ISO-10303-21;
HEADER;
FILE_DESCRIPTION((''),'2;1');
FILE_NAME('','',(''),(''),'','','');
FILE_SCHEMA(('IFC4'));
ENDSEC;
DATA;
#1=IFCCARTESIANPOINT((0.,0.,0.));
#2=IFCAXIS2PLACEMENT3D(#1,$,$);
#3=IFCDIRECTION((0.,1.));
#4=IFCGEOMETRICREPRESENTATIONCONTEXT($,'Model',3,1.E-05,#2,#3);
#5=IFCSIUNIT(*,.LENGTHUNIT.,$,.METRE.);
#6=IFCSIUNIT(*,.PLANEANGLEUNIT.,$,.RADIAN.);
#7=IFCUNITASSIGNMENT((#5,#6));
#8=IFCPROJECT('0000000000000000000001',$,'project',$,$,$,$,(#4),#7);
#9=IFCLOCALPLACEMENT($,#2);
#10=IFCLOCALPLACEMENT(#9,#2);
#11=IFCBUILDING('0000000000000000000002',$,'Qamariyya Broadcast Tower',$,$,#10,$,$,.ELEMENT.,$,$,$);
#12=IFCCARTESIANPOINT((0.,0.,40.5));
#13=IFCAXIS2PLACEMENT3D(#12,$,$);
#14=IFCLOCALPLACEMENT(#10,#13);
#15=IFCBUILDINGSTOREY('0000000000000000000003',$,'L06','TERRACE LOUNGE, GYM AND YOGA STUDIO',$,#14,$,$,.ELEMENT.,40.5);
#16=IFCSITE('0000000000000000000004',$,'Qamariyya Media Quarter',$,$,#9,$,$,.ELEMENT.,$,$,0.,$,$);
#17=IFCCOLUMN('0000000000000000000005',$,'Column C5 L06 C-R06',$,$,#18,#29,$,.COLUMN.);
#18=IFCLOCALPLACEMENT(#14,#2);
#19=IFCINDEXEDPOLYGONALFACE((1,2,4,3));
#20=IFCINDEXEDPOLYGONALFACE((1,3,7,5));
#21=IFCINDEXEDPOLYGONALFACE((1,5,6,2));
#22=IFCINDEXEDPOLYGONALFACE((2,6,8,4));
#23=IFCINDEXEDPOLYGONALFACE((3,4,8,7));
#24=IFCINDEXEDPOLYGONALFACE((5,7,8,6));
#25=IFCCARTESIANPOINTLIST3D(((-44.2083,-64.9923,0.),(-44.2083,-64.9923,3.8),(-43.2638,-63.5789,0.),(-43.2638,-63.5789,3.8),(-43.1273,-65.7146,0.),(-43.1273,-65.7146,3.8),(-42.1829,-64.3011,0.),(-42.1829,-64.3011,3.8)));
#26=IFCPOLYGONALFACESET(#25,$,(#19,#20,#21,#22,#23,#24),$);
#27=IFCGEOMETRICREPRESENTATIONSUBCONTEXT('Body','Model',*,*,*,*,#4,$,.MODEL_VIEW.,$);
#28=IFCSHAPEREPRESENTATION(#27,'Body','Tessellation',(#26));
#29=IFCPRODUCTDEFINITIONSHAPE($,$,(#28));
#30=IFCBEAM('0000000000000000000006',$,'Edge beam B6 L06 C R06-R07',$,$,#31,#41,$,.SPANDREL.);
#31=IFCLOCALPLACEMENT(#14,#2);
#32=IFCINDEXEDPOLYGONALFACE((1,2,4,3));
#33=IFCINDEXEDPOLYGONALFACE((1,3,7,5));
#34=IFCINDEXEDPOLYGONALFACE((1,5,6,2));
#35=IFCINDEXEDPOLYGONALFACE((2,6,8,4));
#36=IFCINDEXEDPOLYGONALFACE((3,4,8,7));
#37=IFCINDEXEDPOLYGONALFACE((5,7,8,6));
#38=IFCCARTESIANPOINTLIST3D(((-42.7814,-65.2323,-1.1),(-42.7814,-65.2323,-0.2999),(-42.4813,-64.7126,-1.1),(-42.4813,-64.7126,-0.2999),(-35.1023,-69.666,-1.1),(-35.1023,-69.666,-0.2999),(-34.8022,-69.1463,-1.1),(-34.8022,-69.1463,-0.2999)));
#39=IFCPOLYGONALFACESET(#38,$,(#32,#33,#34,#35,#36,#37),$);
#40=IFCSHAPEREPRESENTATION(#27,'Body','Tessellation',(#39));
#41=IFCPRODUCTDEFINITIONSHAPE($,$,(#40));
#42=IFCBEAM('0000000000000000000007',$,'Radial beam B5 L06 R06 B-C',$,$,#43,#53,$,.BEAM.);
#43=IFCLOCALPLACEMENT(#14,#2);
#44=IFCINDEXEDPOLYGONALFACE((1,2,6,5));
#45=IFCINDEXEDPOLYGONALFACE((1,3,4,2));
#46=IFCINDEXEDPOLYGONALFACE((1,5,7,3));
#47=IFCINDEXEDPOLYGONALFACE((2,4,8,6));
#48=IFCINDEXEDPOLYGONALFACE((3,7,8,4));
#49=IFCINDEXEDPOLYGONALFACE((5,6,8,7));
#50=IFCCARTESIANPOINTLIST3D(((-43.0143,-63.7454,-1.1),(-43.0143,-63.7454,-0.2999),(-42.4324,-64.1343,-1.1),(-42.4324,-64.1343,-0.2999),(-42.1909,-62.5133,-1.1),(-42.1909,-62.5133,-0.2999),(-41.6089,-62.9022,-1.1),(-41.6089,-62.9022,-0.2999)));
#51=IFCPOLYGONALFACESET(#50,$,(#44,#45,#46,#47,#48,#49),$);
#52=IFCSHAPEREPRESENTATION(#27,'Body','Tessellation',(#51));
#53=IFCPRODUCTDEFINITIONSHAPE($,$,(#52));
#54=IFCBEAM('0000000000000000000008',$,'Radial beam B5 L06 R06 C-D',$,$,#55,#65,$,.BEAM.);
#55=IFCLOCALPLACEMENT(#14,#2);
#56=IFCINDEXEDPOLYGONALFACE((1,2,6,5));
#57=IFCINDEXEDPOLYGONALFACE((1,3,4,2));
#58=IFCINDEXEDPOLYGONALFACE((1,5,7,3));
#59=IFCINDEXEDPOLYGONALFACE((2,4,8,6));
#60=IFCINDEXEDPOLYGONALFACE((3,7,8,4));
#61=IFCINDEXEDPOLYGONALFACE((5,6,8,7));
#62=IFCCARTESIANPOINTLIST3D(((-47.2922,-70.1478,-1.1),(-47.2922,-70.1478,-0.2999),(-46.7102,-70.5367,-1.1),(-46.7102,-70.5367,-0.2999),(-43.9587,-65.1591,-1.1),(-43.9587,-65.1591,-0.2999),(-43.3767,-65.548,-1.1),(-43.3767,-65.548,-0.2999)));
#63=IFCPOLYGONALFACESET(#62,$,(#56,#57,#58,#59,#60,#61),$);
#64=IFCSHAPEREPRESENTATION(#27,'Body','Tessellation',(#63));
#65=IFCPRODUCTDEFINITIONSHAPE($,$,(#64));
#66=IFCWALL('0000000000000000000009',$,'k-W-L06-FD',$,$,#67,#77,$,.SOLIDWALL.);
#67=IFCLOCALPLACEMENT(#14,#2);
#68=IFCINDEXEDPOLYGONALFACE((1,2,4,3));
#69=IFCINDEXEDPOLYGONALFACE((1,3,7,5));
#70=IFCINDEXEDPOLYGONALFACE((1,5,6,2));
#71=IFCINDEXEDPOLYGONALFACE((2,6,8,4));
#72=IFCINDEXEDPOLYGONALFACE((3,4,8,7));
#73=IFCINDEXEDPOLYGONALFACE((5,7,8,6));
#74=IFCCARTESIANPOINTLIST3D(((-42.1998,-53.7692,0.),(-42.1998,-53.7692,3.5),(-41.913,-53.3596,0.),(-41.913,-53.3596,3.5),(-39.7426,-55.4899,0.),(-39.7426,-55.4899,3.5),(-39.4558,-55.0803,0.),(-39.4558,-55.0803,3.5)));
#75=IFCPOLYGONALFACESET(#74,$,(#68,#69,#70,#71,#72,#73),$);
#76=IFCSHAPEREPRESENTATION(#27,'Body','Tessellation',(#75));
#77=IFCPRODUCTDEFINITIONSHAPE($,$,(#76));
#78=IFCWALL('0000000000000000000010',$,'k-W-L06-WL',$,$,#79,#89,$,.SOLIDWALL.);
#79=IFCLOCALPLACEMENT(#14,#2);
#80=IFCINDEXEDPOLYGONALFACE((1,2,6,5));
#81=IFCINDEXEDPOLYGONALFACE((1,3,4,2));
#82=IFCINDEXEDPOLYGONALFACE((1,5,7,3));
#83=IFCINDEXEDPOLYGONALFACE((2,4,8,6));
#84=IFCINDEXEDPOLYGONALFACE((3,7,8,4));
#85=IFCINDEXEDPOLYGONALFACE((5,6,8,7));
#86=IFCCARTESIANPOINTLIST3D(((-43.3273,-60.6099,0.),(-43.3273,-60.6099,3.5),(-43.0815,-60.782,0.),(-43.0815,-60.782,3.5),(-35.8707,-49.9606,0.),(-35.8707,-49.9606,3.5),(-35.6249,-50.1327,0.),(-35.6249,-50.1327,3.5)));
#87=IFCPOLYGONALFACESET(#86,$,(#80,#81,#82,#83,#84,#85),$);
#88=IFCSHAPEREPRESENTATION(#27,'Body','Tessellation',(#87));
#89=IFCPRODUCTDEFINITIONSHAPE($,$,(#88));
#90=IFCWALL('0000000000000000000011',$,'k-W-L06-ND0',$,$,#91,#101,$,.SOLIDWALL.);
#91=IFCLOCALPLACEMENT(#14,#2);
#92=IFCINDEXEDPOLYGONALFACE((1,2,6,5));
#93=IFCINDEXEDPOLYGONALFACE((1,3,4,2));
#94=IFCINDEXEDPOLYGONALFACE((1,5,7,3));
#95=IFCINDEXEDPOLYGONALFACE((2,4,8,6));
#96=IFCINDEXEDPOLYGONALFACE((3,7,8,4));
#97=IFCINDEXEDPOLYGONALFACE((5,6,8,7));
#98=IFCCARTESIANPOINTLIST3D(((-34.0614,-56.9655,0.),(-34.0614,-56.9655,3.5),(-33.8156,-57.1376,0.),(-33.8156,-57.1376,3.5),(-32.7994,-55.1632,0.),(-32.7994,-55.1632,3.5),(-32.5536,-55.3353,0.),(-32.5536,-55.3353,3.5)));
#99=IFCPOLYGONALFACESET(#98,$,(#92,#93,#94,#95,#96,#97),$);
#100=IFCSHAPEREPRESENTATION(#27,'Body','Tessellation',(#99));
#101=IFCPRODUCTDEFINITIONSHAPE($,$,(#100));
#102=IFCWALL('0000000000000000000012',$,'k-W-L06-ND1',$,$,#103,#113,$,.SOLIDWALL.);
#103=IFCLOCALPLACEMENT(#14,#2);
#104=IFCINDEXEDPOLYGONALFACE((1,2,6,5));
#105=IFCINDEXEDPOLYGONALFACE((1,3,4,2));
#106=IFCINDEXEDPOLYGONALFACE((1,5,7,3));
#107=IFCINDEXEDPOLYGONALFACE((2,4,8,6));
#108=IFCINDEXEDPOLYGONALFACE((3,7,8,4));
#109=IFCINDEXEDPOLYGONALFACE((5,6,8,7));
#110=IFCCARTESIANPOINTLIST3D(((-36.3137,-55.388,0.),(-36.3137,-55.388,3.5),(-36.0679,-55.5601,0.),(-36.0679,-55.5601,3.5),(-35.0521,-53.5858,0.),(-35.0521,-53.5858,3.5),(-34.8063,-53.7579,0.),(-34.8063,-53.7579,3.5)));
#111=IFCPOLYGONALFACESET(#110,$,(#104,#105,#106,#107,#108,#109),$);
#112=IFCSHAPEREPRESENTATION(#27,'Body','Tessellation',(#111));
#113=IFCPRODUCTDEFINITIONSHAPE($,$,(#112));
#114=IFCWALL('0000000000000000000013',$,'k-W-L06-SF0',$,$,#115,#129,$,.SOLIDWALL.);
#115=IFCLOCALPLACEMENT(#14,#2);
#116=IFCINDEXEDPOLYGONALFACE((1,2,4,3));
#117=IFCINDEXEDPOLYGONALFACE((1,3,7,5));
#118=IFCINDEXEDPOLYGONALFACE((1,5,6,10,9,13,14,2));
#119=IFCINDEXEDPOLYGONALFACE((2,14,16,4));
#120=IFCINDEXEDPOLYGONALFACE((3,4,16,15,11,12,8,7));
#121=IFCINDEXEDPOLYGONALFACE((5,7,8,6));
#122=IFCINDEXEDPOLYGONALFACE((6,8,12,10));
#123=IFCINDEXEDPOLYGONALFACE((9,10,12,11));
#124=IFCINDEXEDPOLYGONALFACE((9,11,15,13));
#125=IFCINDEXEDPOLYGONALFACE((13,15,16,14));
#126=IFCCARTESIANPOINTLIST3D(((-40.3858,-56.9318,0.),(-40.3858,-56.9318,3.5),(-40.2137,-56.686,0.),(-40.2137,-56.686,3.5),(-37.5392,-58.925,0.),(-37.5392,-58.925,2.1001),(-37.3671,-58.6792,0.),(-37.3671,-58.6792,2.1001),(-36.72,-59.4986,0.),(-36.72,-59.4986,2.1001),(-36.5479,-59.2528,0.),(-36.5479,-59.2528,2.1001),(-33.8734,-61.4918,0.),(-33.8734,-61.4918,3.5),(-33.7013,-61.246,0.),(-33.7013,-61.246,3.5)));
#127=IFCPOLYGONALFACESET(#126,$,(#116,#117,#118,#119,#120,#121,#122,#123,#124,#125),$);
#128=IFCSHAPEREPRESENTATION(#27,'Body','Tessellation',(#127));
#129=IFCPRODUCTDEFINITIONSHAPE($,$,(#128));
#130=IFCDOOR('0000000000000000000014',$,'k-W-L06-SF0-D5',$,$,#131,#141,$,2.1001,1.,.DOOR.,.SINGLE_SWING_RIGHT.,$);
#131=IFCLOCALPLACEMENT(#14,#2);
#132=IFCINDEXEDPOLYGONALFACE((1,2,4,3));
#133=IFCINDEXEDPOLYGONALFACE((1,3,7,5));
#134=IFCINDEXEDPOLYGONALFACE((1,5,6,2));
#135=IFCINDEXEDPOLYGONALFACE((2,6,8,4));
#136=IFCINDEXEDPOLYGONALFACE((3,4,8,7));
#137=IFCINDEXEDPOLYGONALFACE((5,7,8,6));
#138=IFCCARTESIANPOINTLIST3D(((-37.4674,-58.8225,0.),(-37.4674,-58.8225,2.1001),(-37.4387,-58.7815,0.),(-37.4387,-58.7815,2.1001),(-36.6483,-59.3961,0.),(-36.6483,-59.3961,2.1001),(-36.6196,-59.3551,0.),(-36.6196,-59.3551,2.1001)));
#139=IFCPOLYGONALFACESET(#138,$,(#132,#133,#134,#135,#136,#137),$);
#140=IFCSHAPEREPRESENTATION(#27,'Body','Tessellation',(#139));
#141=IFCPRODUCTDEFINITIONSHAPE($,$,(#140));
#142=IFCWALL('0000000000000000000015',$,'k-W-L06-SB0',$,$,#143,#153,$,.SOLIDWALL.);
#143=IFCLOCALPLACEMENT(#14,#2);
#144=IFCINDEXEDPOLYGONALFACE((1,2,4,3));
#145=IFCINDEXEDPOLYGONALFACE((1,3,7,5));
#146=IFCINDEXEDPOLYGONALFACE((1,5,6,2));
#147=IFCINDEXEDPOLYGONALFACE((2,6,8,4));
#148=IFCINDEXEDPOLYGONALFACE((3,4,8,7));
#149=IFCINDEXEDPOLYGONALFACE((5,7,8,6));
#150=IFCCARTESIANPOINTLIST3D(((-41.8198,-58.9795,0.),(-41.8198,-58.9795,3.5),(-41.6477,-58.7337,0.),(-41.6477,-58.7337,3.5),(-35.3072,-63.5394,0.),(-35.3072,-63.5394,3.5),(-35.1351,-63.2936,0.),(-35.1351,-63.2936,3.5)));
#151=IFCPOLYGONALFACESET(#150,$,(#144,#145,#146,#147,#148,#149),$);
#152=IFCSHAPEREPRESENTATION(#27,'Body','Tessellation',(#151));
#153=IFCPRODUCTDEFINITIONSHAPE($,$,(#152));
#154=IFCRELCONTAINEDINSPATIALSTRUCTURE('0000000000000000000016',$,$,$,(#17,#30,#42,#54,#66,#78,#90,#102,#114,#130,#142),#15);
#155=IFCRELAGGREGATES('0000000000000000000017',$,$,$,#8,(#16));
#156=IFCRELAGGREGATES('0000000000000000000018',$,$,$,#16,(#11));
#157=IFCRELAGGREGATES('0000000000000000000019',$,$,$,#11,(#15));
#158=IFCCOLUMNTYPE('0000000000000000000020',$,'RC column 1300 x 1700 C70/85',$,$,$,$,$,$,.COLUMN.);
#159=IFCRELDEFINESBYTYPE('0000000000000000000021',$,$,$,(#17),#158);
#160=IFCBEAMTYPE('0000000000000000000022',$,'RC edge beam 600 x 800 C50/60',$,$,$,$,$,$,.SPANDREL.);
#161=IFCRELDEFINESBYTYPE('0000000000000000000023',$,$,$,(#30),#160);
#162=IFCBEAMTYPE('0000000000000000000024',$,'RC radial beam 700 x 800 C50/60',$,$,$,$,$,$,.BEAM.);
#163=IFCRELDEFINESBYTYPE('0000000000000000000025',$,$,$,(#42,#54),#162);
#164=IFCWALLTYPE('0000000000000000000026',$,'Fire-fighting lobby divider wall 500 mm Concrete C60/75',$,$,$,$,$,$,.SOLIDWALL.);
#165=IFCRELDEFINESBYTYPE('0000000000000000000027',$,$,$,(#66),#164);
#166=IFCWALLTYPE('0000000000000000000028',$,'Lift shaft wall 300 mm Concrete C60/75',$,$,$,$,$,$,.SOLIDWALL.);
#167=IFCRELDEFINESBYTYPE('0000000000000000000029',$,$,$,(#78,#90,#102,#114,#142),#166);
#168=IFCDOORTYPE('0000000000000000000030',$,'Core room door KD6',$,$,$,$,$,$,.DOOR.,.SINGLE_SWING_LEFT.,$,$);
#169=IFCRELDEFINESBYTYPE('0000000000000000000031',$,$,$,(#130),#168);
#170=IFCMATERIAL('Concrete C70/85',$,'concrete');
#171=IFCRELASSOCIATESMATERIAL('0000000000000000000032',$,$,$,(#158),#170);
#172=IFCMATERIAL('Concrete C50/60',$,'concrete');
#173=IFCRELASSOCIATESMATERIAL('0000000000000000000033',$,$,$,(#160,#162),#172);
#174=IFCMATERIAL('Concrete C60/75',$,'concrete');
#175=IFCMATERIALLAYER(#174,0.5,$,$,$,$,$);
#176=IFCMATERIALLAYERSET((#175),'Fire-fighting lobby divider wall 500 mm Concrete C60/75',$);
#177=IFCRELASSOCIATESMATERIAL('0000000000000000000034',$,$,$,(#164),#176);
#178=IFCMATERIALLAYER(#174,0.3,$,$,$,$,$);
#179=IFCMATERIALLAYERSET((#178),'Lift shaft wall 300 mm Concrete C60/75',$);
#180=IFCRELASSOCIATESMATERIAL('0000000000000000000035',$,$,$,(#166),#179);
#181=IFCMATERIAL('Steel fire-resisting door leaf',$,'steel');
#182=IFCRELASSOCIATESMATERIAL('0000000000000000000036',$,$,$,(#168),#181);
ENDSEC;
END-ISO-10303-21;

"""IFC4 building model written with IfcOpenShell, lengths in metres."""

from ifc_helpers import new_model, si_unit, direction, frame, frame_2d, origin, origin_2d, place, context, subcontext, project, spatial, rectangle, extrude, material, layer, layer_set, material_profile, profile_set, type_object, element, fill, save


model = new_model("IFC4")

# Units and contexts
model_context = context("Model", 3, precision=1e-05, world=origin(), true_north=direction((0.0, 1.0)))
body_context = subcontext(model_context, "Body", "Model", "MODEL_VIEW")
ifc_project = project(units=[si_unit("LENGTHUNIT", "METRE"), si_unit("PLANEANGLEUNIT", "RADIAN")], contexts=[model_context])

# Site, building, storey
site_placement = place(None, origin())
site = spatial("IfcSite", under=ifc_project, at=site_placement, Name="Qamariyya Media Quarter", CompositionType="ELEMENT", RefElevation=0.0)
building_placement = place(site_placement, origin())
building = spatial("IfcBuilding", under=site, at=building_placement, Name="Qamariyya Broadcast Tower", CompositionType="ELEMENT")
storey_placement = place(building_placement, frame((0.0, 0.0, 40.5)))
storey = spatial("IfcBuildingStorey", under=building, at=storey_placement, Name="L06", Description="TERRACE LOUNGE, GYM AND YOGA STUDIO", CompositionType="ELEMENT", Elevation=40.5)

# Column
ifc_material_1 = material(Name="Concrete C70/85", Category="concrete")
ifc_material_profile_1 = material_profile(ifc_material_1, rectangle(XDim=1.3, YDim=1.7, at=origin_2d()))
ifc_profile_set_1 = profile_set([ifc_material_profile_1], Name="Concrete C70/85")
column_type = type_object("IfcColumnType", Name="RC column 1300 x 1700 C70/85", PredefinedType="COLUMN", material=ifc_profile_set_1)
column_placement = place(storey_placement, frame((-43.1956, -64.6467, 0.0), z_axis=(0.0, 0.0, 1.0), x_axis=(0.83147, -0.55557, 0.0)))
element("IfcColumn", 1, at=column_placement, inside=storey, type_object=column_type, Name="Column C5 L06 C-R06", PredefinedType="COLUMN", context=body_context, shape_type="SweptSolid", body=[
    extrude(rectangle(XDim=1.3, YDim=1.7, at=origin_2d()), origin(), (0.0, 0.0, 1.0), 3.8),
])

# Beams
ifc_material_2 = material(Name="Concrete C50/60", Category="concrete")
ifc_material_profile_2 = material_profile(ifc_material_2, rectangle(XDim=0.6001, YDim=0.8, at=origin_2d()))
ifc_profile_set_2 = profile_set([ifc_material_profile_2], Name="Concrete C50/60")
beam_type_1 = type_object("IfcBeamType", Name="RC edge beam 600 x 800 C50/60", PredefinedType="SPANDREL", material=ifc_profile_set_2)
beam_1_placement = place(storey_placement, frame((-42.6313, -64.9724, -0.7), z_axis=(0.866013, -0.500021, 0.0), x_axis=(0.500021, 0.866013, 0.0)))
element("IfcBeam", 2, at=beam_1_placement, inside=storey, type_object=beam_type_1, Name="Edge beam B6 L06 C R06-R07", PredefinedType="SPANDREL", context=body_context, shape_type="SweptSolid", body=[
    extrude(rectangle(XDim=0.6001, YDim=0.8, at=origin_2d()), origin(), (0.0, 0.0, 1.0), 8.8672),
])
ifc_material_profile_3 = material_profile(ifc_material_2, rectangle(XDim=0.7, YDim=0.8, at=origin_2d()))
ifc_profile_set_3 = profile_set([ifc_material_profile_3], Name="Concrete C50/60")
beam_type_2 = type_object("IfcBeamType", Name="RC radial beam 700 x 800 C50/60", PredefinedType="BEAM", material=ifc_profile_set_3)
beam_2_placement = place(storey_placement, frame((-41.8999, -62.7078, -0.7), z_axis=(-0.55565, -0.831416, 0.0), x_axis=(0.831416, -0.55565, 0.0)))
element("IfcBeam", 3, at=beam_2_placement, inside=storey, type_object=beam_type_2, Name="Radial beam B5 L06 R06 B-C", PredefinedType="BEAM", context=body_context, shape_type="SweptSolid", body=[
    extrude(rectangle(XDim=0.7, YDim=0.8, at=origin_2d()), origin(), (0.0, 0.0, 1.0), 1.4819),
])
beam_3_placement = place(storey_placement, frame((-43.6677, -65.3535, -0.7), z_axis=(-0.555583, -0.831461, 0.0), x_axis=(0.831461, -0.555583, 0.0)))
element("IfcBeam", 4, at=beam_3_placement, inside=storey, type_object=beam_type_2, Name="Radial beam B5 L06 R06 C-D", PredefinedType="BEAM", context=body_context, shape_type="SweptSolid", body=[
    extrude(rectangle(XDim=0.7, YDim=0.8, at=origin_2d()), origin(), (0.0, 0.0, 1.0), 6.0),
])

# Walls
ifc_material_3 = material(Name="Concrete C60/75", Category="concrete")
ifc_layer_1 = layer(ifc_material_3, 0.5)
ifc_layer_set_1 = layer_set([ifc_layer_1], Name="Fire-fighting lobby divider wall 500 mm Concrete C60/75")
wall_type_1 = type_object("IfcWallType", Name="Fire-fighting lobby divider wall 500 mm Concrete C60/75", PredefinedType="SOLIDWALL", material=ifc_layer_set_1)
wall_1_placement = place(storey_placement, frame((-39.5991, -55.2852, 0.0), z_axis=(0.0, 0.0, 1.0), x_axis=(-0.819136, 0.573599, 0.0)))
element("IfcWall", 5, at=wall_1_placement, inside=storey, type_object=wall_type_1, Name="k-W-L06-FD", PredefinedType="SOLIDWALL", context=body_context, shape_type="SweptSolid", body=[
    extrude(rectangle(XDim=2.9998, YDim=0.5, at=frame_2d((1.5, 0.0))), origin(), (0.0, 0.0, 1.0), 3.5),
])
ifc_layer_2 = layer(ifc_material_3, 0.3)
ifc_layer_set_2 = layer_set([ifc_layer_2], Name="Lift shaft wall 300 mm Concrete C60/75")
wall_type_2 = type_object("IfcWallType", Name="Lift shaft wall 300 mm Concrete C60/75", PredefinedType="SOLIDWALL", material=ifc_layer_set_2)
wall_2_placement = place(storey_placement, frame((-43.2043, -60.6958, 0.0), z_axis=(0.0, 0.0, 1.0), x_axis=(0.573572, 0.819155, 0.0)))
element("IfcWall", 6, at=wall_2_placement, inside=storey, type_object=wall_type_2, Name="k-W-L06-WL", PredefinedType="SOLIDWALL", context=body_context, shape_type="SweptSolid", body=[
    extrude(rectangle(XDim=13.0002, YDim=0.3, at=frame_2d((6.5, 0.0))), origin(), (0.0, 0.0, 1.0), 3.5),
])
wall_3_placement = place(storey_placement, frame((-33.9385, -57.0515, 0.0), z_axis=(0.0, 0.0, 1.0), x_axis=(0.573581, 0.819149, 0.0)))
element("IfcWall", 7, at=wall_3_placement, inside=storey, type_object=wall_type_2, Name="k-W-L06-ND0", PredefinedType="SOLIDWALL", context=body_context, shape_type="SweptSolid", body=[
    extrude(rectangle(XDim=2.2002, YDim=0.3, at=frame_2d((1.1001, 0.0))), origin(), (0.0, 0.0, 1.0), 3.5),
])
wall_4_placement = place(storey_placement, frame((-36.1909, -55.4741, 0.0), z_axis=(0.0, 0.0, 1.0), x_axis=(0.573507, 0.819201, 0.0)))
element("IfcWall", 8, at=wall_4_placement, inside=storey, type_object=wall_type_2, Name="k-W-L06-ND1", PredefinedType="SOLIDWALL", context=body_context, shape_type="SweptSolid", body=[
    extrude(rectangle(XDim=2.2, YDim=0.3, at=frame_2d((1.1001, 0.0))), origin(), (0.0, 0.0, 1.0), 3.5),
])

# Wall, opening, door
wall_5_placement = place(storey_placement, frame((-33.7874, -61.3689, 0.0), z_axis=(0.0, 0.0, 1.0), x_axis=(-0.819153, 0.573576, 0.0)))
wall_5 = element("IfcWall", 9, at=wall_5_placement, inside=storey, type_object=wall_type_2, Name="k-W-L06-SF0", PredefinedType="SOLIDWALL", context=body_context, shape_type="SweptSolid", body=[
    extrude(rectangle(XDim=7.9502, YDim=0.3, at=frame_2d((3.9751, 0.0))), origin(), (0.0, 0.0, 1.0), 3.5),
])
opening_1_placement = place(wall_5_placement, frame((3.4751, 0.0, 0.0)))
opening_1 = element("IfcOpeningElement", 10, at=opening_1_placement, cuts=wall_5, PredefinedType="OPENING", context=body_context, shape_type="SweptSolid", body=[
    extrude(rectangle(XDim=1.0, YDim=2.1001, at=frame_2d((0.5, 1.05))), frame((0.0, 0.1599, 0.0), z_axis=(0.0, -1.0, 0.0), x_axis=(1.0, 0.0, 0.0)), (0.0, 0.0, 1.0), 0.3201),
])
ifc_material_4 = material(Name="Steel fire-resisting door leaf", Category="steel")
door_type_1 = type_object("IfcDoorType", Name="Core room door KD6", OperationType="SINGLE_SWING_LEFT", PredefinedType="DOOR", material=ifc_material_4)
door_1_placement = place(opening_1_placement, origin())
door_1 = element("IfcDoor", 11, at=door_1_placement, inside=storey, type_object=door_type_1, Name="k-W-L06-SF0-D5", OperationType="SINGLE_SWING_RIGHT", OverallHeight=2.1001, OverallWidth=1.0, PredefinedType="DOOR", context=body_context, shape_type="SweptSolid", body=[
    extrude(rectangle(XDim=1.0, YDim=2.1001, at=frame_2d((0.5, 1.05))), frame((0.0, 0.0249, 0.0), z_axis=(0.0, -1.0, 0.0), x_axis=(1.0, 0.0, 0.0)), (0.0, 0.0, 1.0), 0.05),
])
fill(opening_1, door_1)

# Wall
wall_6_placement = place(storey_placement, frame((-35.2212, -63.4165, 0.0), z_axis=(0.0, 0.0, 1.0), x_axis=(-0.819167, 0.573555, 0.0)))
element("IfcWall", 12, at=wall_6_placement, inside=storey, type_object=wall_type_2, Name="k-W-L06-SB0", PredefinedType="SOLIDWALL", context=body_context, shape_type="SweptSolid", body=[
    extrude(rectangle(XDim=7.9502, YDim=0.3, at=frame_2d((3.9751, 0.0))), origin(), (0.0, 0.0, 1.0), 3.5),
])

save(model, "model.ifc")
